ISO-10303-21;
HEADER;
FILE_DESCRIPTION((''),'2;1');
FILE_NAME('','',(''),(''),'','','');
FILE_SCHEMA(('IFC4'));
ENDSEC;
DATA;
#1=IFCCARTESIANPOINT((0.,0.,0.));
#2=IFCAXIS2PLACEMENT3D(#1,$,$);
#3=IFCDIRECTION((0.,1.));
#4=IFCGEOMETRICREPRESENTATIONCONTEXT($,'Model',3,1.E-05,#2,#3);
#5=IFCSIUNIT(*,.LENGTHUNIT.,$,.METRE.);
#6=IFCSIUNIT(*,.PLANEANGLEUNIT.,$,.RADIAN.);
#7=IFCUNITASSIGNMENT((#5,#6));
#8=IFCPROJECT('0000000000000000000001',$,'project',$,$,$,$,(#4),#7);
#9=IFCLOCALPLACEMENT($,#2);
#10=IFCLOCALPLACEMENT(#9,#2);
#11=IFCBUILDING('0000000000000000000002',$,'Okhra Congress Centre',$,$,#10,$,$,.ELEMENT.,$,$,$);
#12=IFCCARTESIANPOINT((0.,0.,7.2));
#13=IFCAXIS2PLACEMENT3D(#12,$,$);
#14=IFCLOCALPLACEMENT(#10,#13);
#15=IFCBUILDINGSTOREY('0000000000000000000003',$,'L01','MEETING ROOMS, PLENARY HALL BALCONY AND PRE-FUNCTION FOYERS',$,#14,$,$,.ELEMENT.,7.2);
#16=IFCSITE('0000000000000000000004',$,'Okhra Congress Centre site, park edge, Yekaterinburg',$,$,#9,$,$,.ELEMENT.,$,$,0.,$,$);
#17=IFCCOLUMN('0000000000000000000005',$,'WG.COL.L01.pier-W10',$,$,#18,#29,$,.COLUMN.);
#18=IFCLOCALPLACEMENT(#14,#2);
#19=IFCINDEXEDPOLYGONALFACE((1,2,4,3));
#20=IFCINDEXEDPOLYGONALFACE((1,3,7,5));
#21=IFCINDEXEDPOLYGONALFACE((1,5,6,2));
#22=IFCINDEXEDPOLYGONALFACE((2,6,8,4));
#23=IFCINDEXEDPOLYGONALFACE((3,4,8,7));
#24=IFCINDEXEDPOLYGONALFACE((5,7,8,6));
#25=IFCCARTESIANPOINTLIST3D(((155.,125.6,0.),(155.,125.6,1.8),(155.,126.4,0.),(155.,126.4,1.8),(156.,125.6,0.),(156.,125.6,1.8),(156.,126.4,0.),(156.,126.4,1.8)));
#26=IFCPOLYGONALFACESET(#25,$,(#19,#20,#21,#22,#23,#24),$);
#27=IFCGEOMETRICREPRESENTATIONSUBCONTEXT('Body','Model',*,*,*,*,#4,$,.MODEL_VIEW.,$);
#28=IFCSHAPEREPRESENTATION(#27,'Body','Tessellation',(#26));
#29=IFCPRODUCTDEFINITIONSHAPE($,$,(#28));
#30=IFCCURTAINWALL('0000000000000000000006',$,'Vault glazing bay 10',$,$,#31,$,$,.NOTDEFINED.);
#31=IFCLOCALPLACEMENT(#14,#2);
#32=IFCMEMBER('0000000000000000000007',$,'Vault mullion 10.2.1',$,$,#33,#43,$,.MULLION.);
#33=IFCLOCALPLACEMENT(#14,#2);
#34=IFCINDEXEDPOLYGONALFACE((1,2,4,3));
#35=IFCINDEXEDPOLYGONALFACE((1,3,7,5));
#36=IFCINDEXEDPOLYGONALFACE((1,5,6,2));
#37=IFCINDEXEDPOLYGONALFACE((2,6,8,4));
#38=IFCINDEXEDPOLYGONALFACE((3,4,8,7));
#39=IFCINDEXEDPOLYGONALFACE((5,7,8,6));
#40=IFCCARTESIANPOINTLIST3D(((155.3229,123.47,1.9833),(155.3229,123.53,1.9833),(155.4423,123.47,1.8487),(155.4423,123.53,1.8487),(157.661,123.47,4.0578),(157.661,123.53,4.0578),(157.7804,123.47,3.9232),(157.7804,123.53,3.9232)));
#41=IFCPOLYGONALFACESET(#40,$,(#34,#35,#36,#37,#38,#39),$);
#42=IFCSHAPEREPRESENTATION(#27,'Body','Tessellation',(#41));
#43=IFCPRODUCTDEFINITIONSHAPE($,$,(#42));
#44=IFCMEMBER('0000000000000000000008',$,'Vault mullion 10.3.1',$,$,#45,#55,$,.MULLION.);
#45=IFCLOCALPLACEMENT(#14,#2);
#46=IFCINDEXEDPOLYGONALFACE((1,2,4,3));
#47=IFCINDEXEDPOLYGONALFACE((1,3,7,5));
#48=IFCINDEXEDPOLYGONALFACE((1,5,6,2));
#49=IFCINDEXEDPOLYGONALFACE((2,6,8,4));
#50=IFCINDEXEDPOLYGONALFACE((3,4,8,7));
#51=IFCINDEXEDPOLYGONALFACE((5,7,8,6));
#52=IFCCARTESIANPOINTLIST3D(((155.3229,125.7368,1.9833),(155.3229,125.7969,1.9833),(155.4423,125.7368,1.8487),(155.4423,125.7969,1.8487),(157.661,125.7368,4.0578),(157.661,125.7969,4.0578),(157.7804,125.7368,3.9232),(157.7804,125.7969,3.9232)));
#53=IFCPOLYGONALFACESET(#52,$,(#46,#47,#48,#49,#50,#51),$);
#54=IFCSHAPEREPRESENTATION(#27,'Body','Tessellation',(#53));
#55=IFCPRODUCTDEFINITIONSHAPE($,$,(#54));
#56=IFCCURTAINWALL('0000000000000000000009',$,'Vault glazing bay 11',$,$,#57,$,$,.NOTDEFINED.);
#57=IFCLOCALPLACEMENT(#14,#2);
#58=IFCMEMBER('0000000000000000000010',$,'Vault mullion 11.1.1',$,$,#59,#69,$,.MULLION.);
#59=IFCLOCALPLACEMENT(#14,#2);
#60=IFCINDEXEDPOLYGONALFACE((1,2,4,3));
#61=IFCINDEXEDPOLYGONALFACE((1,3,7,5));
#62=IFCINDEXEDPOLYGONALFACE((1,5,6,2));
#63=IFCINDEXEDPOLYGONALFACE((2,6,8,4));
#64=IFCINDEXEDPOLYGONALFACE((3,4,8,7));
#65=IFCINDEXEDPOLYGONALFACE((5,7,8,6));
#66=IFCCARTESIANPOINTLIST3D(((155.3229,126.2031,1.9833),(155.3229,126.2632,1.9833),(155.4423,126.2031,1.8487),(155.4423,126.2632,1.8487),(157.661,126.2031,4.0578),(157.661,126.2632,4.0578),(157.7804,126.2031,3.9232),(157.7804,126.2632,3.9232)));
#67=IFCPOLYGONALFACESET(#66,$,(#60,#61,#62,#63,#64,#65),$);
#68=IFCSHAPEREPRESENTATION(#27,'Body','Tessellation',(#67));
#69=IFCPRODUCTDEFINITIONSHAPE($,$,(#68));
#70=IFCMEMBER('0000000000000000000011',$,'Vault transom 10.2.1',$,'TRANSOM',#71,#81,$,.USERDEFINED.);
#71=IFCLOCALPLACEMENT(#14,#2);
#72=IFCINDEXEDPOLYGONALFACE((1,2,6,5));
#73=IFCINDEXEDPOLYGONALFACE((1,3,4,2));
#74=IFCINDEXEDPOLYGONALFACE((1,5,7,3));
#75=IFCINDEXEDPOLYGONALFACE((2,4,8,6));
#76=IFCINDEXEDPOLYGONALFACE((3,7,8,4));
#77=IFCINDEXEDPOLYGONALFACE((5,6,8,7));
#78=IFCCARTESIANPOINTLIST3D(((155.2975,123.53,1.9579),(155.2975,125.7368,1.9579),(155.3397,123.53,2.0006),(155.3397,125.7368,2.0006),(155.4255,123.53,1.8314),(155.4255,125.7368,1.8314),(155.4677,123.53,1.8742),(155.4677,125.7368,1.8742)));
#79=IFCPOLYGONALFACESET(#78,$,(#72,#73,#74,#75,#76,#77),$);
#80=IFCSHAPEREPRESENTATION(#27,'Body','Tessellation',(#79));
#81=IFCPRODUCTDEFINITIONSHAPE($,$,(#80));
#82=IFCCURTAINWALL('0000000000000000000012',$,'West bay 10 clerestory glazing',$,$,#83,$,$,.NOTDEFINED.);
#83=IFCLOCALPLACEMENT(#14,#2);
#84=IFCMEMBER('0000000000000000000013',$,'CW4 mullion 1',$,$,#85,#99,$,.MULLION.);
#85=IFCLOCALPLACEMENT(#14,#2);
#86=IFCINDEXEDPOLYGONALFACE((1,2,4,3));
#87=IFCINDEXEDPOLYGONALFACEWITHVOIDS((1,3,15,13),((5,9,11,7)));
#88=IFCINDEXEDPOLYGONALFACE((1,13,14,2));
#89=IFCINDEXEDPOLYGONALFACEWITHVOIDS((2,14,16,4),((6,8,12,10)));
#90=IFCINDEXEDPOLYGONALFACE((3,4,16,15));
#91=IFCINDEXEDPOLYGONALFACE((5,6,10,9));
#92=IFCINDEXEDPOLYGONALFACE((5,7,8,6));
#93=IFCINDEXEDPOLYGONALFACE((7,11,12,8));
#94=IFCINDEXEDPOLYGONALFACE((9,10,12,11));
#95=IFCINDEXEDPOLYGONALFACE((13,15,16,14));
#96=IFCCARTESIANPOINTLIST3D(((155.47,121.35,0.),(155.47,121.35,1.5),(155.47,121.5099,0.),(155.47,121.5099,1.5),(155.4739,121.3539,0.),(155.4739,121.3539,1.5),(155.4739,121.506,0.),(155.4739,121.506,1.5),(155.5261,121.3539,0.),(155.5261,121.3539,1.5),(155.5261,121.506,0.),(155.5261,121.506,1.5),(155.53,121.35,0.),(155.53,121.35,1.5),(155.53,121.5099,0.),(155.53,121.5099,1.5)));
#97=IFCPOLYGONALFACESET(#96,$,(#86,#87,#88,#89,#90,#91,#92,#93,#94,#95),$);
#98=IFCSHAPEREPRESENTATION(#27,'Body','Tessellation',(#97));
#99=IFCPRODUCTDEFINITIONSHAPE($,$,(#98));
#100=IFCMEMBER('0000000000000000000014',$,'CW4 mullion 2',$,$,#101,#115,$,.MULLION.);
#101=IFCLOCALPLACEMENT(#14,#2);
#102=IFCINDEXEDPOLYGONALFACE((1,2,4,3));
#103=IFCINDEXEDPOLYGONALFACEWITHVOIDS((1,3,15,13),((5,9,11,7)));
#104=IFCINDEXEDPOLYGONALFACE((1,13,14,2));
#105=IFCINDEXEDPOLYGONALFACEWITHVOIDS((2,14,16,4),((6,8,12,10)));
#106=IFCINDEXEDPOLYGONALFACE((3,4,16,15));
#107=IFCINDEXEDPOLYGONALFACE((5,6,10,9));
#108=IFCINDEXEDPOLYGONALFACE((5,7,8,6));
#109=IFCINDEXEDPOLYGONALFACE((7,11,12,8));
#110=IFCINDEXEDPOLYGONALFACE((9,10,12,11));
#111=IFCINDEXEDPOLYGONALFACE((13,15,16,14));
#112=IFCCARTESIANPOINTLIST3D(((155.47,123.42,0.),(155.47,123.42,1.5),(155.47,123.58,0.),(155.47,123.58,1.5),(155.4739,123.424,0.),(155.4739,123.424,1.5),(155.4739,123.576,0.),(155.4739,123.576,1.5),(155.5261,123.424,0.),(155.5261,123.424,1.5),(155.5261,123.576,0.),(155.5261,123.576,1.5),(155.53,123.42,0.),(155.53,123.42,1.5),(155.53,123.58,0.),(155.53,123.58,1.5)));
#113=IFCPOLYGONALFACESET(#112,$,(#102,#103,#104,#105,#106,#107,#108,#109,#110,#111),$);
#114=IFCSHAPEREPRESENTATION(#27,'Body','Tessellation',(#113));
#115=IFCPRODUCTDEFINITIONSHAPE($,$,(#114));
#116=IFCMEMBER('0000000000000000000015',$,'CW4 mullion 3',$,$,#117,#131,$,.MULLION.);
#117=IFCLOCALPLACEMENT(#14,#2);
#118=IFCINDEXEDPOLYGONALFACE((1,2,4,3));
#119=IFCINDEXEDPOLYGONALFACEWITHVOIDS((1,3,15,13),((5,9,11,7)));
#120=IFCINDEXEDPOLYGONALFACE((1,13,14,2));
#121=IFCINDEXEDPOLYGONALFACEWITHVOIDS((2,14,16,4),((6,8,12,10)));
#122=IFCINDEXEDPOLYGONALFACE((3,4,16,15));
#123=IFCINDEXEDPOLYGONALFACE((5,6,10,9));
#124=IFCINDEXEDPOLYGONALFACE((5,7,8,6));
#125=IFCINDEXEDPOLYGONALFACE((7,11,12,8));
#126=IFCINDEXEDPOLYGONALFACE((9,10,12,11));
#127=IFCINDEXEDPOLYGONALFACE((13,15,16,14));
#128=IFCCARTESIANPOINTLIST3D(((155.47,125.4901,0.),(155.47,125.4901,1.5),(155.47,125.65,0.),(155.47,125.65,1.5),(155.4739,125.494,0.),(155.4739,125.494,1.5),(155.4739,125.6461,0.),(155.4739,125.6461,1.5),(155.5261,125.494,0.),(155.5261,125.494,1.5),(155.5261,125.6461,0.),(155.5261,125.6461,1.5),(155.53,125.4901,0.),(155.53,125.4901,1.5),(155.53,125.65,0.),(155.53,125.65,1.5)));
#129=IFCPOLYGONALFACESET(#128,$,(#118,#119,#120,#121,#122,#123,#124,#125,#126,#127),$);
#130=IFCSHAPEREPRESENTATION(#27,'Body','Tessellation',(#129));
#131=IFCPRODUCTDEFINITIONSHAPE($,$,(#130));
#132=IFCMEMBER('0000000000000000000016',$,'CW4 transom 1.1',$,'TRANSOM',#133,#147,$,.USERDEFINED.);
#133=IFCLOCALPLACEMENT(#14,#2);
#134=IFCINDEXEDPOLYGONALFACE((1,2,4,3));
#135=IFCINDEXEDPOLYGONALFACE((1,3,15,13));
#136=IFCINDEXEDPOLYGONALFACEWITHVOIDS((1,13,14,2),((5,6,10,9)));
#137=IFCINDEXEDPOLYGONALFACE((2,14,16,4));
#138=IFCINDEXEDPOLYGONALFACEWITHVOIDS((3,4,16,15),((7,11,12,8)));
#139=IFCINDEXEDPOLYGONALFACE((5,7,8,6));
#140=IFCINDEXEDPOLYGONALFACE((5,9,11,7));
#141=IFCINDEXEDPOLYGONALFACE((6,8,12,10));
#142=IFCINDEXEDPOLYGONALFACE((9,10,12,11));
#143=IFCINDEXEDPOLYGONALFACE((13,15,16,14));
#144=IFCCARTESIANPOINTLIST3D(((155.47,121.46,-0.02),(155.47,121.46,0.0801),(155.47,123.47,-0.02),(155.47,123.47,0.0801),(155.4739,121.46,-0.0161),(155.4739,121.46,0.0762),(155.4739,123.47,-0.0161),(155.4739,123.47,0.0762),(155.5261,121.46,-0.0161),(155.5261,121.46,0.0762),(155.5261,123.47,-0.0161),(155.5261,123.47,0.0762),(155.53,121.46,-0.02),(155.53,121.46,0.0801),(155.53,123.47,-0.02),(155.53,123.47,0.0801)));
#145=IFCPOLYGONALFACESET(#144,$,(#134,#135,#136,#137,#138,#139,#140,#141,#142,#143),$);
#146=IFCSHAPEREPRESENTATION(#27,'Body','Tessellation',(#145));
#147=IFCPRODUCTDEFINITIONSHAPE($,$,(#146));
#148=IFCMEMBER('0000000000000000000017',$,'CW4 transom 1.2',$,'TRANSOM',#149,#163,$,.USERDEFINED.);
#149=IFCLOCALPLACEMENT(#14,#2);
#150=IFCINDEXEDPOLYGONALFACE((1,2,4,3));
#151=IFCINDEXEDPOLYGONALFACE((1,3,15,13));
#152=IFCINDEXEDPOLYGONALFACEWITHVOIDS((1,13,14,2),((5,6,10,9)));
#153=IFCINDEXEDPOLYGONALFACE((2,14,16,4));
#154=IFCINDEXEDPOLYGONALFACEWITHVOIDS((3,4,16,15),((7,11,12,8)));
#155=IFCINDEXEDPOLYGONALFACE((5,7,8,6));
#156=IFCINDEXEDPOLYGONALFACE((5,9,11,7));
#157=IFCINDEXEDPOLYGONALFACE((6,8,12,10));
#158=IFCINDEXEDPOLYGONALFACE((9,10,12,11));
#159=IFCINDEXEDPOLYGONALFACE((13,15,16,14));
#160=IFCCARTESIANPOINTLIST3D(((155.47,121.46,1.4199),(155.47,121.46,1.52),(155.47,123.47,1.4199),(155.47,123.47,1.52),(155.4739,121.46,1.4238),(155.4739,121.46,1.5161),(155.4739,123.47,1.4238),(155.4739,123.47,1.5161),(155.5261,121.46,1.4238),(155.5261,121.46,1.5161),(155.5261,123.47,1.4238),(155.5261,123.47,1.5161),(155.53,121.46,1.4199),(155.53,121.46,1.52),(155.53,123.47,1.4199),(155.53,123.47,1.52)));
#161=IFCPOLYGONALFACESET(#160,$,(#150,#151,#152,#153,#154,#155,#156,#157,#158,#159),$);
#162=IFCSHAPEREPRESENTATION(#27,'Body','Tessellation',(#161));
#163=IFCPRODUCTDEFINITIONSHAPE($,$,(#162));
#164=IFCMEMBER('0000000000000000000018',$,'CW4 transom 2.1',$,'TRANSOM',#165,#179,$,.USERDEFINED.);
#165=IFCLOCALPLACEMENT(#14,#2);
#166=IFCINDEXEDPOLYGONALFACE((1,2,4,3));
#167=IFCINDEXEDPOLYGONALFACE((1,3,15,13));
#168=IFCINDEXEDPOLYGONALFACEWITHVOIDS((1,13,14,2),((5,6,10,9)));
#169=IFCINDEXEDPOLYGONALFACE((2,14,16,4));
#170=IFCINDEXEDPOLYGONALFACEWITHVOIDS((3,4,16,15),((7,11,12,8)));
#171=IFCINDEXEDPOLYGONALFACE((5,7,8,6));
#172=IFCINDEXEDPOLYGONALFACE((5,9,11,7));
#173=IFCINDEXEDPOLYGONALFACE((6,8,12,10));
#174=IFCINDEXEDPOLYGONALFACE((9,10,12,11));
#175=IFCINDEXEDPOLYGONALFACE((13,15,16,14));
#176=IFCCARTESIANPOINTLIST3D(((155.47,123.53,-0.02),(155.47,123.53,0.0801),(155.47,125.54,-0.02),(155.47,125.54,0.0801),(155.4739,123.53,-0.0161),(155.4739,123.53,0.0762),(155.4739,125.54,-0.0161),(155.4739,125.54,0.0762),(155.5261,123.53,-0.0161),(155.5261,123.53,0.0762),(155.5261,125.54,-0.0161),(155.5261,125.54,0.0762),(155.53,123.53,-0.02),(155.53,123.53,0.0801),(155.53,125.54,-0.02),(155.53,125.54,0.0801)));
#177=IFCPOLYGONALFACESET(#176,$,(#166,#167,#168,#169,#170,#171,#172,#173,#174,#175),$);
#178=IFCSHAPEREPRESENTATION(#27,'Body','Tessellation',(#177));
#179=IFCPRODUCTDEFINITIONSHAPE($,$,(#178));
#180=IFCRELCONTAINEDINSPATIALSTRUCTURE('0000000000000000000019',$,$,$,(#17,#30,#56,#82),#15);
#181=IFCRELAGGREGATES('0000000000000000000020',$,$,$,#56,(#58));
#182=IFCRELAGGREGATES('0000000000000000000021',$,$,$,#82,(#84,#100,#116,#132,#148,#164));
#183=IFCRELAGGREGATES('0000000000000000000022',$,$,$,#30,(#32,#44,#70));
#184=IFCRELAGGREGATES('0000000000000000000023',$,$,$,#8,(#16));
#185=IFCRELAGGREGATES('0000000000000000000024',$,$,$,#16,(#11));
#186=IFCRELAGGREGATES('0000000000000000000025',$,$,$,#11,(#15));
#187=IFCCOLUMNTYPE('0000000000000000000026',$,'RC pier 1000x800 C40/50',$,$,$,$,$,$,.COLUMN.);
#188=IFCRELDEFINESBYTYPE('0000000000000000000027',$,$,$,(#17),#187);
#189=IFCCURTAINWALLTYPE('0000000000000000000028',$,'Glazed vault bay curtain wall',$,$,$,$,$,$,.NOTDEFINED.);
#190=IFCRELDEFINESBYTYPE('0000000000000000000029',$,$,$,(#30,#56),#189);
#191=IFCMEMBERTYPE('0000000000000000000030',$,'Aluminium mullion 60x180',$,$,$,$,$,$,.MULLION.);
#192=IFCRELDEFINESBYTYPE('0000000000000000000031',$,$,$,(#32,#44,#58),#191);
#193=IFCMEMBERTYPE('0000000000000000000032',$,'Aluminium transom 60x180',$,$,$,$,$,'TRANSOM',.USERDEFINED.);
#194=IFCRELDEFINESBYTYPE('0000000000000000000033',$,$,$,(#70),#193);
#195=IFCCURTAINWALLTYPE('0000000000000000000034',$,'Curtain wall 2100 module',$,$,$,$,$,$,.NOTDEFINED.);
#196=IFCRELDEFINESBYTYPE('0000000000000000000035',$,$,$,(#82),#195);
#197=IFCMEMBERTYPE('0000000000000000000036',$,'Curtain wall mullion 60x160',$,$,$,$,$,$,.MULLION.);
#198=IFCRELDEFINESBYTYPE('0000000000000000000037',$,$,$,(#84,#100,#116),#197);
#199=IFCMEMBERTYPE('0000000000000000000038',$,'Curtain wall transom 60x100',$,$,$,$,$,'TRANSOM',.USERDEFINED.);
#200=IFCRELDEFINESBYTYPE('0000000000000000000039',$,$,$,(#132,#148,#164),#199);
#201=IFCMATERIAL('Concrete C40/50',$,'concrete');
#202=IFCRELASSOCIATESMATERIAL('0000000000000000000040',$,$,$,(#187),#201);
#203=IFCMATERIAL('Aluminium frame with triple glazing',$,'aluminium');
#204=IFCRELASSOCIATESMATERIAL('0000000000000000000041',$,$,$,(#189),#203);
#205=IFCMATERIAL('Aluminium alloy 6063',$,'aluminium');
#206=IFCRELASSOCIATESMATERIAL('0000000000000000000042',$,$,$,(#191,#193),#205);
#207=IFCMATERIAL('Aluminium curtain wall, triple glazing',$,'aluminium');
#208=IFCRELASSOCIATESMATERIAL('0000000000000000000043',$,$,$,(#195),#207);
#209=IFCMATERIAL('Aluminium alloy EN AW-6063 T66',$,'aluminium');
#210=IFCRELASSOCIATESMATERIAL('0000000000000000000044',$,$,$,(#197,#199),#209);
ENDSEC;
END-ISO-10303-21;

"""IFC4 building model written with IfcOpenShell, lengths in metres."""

from ifc_helpers import new_model, si_unit, direction, frame, origin, origin_2d, place, context, subcontext, project, spatial, rectangle, hollow_rectangle, extrude, material, material_profile, profile_set, type_object, element, aggregate, save


model = new_model("IFC4")

# Units and contexts
model_context = context("Model", 3, precision=1e-05, world=origin(), true_north=direction((0.0, 1.0)))
body_context = subcontext(model_context, "Body", "Model", "MODEL_VIEW")
ifc_project = project(units=[si_unit("LENGTHUNIT", "METRE"), si_unit("PLANEANGLEUNIT", "RADIAN")], contexts=[model_context])

# Site, building, storey
site_placement = place(None, origin())
site = spatial("IfcSite", under=ifc_project, at=site_placement, Name="Okhra Congress Centre site, park edge, Yekaterinburg", CompositionType="ELEMENT", RefElevation=0.0)
building_placement = place(site_placement, origin())
building = spatial("IfcBuilding", under=site, at=building_placement, Name="Okhra Congress Centre", CompositionType="ELEMENT")
storey_placement = place(building_placement, frame((0.0, 0.0, 7.2)))
storey = spatial("IfcBuildingStorey", under=building, at=storey_placement, Name="L01", Description="MEETING ROOMS, PLENARY HALL BALCONY AND PRE-FUNCTION FOYERS", CompositionType="ELEMENT", Elevation=7.2)

# Column
ifc_material_1 = material(Name="Concrete C40/50", Category="concrete")
ifc_material_profile_1 = material_profile(ifc_material_1, rectangle(XDim=1.0, YDim=0.8, at=origin_2d()), Name="RC 1000x800")
ifc_profile_set_1 = profile_set([ifc_material_profile_1], Name="Concrete C40/50")
column_type = type_object("IfcColumnType", Name="RC pier 1000x800 C40/50", PredefinedType="COLUMN", material=ifc_profile_set_1)
column_placement = place(storey_placement, frame((155.5, 126.0, 0.0), z_axis=(0.0, 0.0, 1.0), x_axis=(1.0, 0.0, 0.0)))
element("IfcColumn", 1, at=column_placement, inside=storey, type_object=column_type, Name="WG.COL.L01.pier-W10", PredefinedType="COLUMN", context=body_context, shape_type="SweptSolid", body=[
    extrude(rectangle(XDim=1.0, YDim=0.8, at=origin_2d()), origin(), (0.0, 0.0, 1.0), 1.8),
])

# Curtain wall, members
ifc_material_2 = material(Name="Aluminium frame with triple glazing", Category="aluminium")
curtain_wall_type_1 = type_object("IfcCurtainWallType", Name="Glazed vault bay curtain wall", PredefinedType="NOTDEFINED", material=ifc_material_2)
curtain_wall_1_placement = place(storey_placement, origin())
curtain_wall_1 = element("IfcCurtainWall", 2, at=curtain_wall_1_placement, inside=storey, type_object=curtain_wall_type_1, Name="Vault glazing bay 10", PredefinedType="NOTDEFINED")
ifc_material_3 = material(Name="Aluminium alloy 6063", Category="aluminium")
ifc_material_profile_2 = material_profile(ifc_material_3, rectangle(XDim=0.0601, YDim=0.1799, at=origin_2d()), Name="AL 60x180")
ifc_profile_set_2 = profile_set([ifc_material_profile_2], Name="Aluminium alloy 6063")
member_type_1 = type_object("IfcMemberType", Name="Aluminium mullion 60x180", PredefinedType="MULLION", material=ifc_profile_set_2)
member_1_placement = place(storey_placement, frame((155.3826, 123.5, 1.916), z_axis=(0.748025, 0.0, 0.66367), x_axis=(0.0, 1.0, 0.0)))
member_1 = element("IfcMember", 3, at=member_1_placement, type_object=member_type_1, Name="Vault mullion 10.2.1", PredefinedType="MULLION", context=body_context, shape_type="SweptSolid", body=[
    extrude(rectangle(XDim=0.0601, YDim=0.1799, at=origin_2d()), origin(), (0.0, 0.0, 1.0), 3.1257),
])
member_2_placement = place(storey_placement, frame((155.3826, 125.7668, 1.916), z_axis=(0.748025, 0.0, 0.66367), x_axis=(0.0, 1.0, 0.0)))
member_2 = element("IfcMember", 4, at=member_2_placement, type_object=member_type_1, Name="Vault mullion 10.3.1", PredefinedType="MULLION", context=body_context, shape_type="SweptSolid", body=[
    extrude(rectangle(XDim=0.0601, YDim=0.1799, at=origin_2d()), origin(), (0.0, 0.0, 1.0), 3.1257),
])

# Curtain wall, member
curtain_wall_2_placement = place(storey_placement, origin())
curtain_wall_2 = element("IfcCurtainWall", 5, at=curtain_wall_2_placement, inside=storey, type_object=curtain_wall_type_1, Name="Vault glazing bay 11", PredefinedType="NOTDEFINED")
member_3_placement = place(storey_placement, frame((155.3826, 126.2332, 1.916), z_axis=(0.748025, 0.0, 0.66367), x_axis=(0.0, 1.0, 0.0)))
member_3 = element("IfcMember", 6, at=member_3_placement, type_object=member_type_1, Name="Vault mullion 11.1.1", PredefinedType="MULLION", context=body_context, shape_type="SweptSolid", body=[
    extrude(rectangle(XDim=0.0601, YDim=0.1799, at=origin_2d()), origin(), (0.0, 0.0, 1.0), 3.1257),
])
aggregate(curtain_wall_2, [member_3])

# Member
ifc_material_profile_3 = material_profile(ifc_material_3, rectangle(XDim=0.0601, YDim=0.1799, at=origin_2d()), Name="AL 60x180 transom")
ifc_profile_set_3 = profile_set([ifc_material_profile_3], Name="Aluminium alloy 6063")
member_type_2 = type_object("IfcMemberType", Name="Aluminium transom 60x180", ElementType="TRANSOM", PredefinedType="USERDEFINED", material=ifc_profile_set_3)
member_4_placement = place(storey_placement, frame((155.3826, 123.53, 1.916), z_axis=(0.0, 1.0, 0.0), x_axis=(-0.702636, 0.0, -0.711549)))
member_4 = element("IfcMember", 7, at=member_4_placement, type_object=member_type_2, Name="Vault transom 10.2.1", ObjectType="TRANSOM", PredefinedType="USERDEFINED", context=body_context, shape_type="SweptSolid", body=[
    extrude(rectangle(XDim=0.0601, YDim=0.1799, at=origin_2d()), origin(), (0.0, 0.0, 1.0), 2.2068),
])

# Curtain wall, members
ifc_material_4 = material(Name="Aluminium curtain wall, triple glazing", Category="aluminium")
curtain_wall_type_2 = type_object("IfcCurtainWallType", Name="Curtain wall 2100 module", PredefinedType="NOTDEFINED", material=ifc_material_4)
curtain_wall_3_placement = place(storey_placement, origin())
curtain_wall_3 = element("IfcCurtainWall", 8, at=curtain_wall_3_placement, inside=storey, type_object=curtain_wall_type_2, Name="West bay 10 clerestory glazing", PredefinedType="NOTDEFINED")
ifc_material_5 = material(Name="Aluminium alloy EN AW-6063 T66", Category="aluminium")
ifc_material_profile_4 = material_profile(ifc_material_5, hollow_rectangle(XDim=0.0601, YDim=0.1599, WallThickness=0.0039, at=origin_2d()), Name="RHS 60x160x4")
ifc_profile_set_4 = profile_set([ifc_material_profile_4], Name="Aluminium alloy EN AW-6063 T66")
member_type_3 = type_object("IfcMemberType", Name="Curtain wall mullion 60x160", PredefinedType="MULLION", material=ifc_profile_set_4)
member_5_placement = place(storey_placement, frame((155.5, 121.4299, 0.0), z_axis=(0.0, 0.0, 1.0), x_axis=(-1.0, 0.0, 0.0)))
member_5 = element("IfcMember", 9, at=member_5_placement, type_object=member_type_3, Name="CW4 mullion 1", PredefinedType="MULLION", context=body_context, shape_type="SweptSolid", body=[
    extrude(hollow_rectangle(XDim=0.0601, YDim=0.1599, WallThickness=0.0039, at=origin_2d()), origin(), (0.0, 0.0, 1.0), 1.5),
])
member_6_placement = place(storey_placement, frame((155.5, 123.5, 0.0), z_axis=(0.0, 0.0, 1.0), x_axis=(-1.0, 0.0, 0.0)))
member_6 = element("IfcMember", 10, at=member_6_placement, type_object=member_type_3, Name="CW4 mullion 2", PredefinedType="MULLION", context=body_context, shape_type="SweptSolid", body=[
    extrude(hollow_rectangle(XDim=0.0601, YDim=0.1599, WallThickness=0.0039, at=origin_2d()), origin(), (0.0, 0.0, 1.0), 1.5),
])
member_7_placement = place(storey_placement, frame((155.5, 125.5701, 0.0), z_axis=(0.0, 0.0, 1.0), x_axis=(-1.0, 0.0, 0.0)))
member_7 = element("IfcMember", 11, at=member_7_placement, type_object=member_type_3, Name="CW4 mullion 3", PredefinedType="MULLION", context=body_context, shape_type="SweptSolid", body=[
    extrude(hollow_rectangle(XDim=0.0601, YDim=0.1599, WallThickness=0.0039, at=origin_2d()), origin(), (0.0, 0.0, 1.0), 1.5),
])
ifc_material_profile_5 = material_profile(ifc_material_5, hollow_rectangle(XDim=0.0601, YDim=0.1001, WallThickness=0.0039, at=origin_2d()), Name="RHS 60x100x4")
ifc_profile_set_5 = profile_set([ifc_material_profile_5], Name="Aluminium alloy EN AW-6063 T66")
member_type_4 = type_object("IfcMemberType", Name="Curtain wall transom 60x100", ElementType="TRANSOM", PredefinedType="USERDEFINED", material=ifc_profile_set_5)
member_8_placement = place(storey_placement, frame((155.5, 121.46, 0.03), z_axis=(0.0, 1.0, 0.0), x_axis=(-1.0, 0.0, 0.0)))
member_8 = element("IfcMember", 12, at=member_8_placement, type_object=member_type_4, Name="CW4 transom 1.1", ObjectType="TRANSOM", PredefinedType="USERDEFINED", context=body_context, shape_type="SweptSolid", body=[
    extrude(hollow_rectangle(XDim=0.0601, YDim=0.1001, WallThickness=0.0039, at=origin_2d()), origin(), (0.0, 0.0, 1.0), 2.01),
])
member_9_placement = place(storey_placement, frame((155.5, 121.46, 1.47), z_axis=(0.0, 1.0, 0.0), x_axis=(-1.0, 0.0, 0.0)))
member_9 = element("IfcMember", 13, at=member_9_placement, type_object=member_type_4, Name="CW4 transom 1.2", ObjectType="TRANSOM", PredefinedType="USERDEFINED", context=body_context, shape_type="SweptSolid", body=[
    extrude(hollow_rectangle(XDim=0.0601, YDim=0.1001, WallThickness=0.0039, at=origin_2d()), origin(), (0.0, 0.0, 1.0), 2.01),
])
member_10_placement = place(storey_placement, frame((155.5, 123.53, 0.03), z_axis=(0.0, 1.0, 0.0), x_axis=(-1.0, 0.0, 0.0)))
member_10 = element("IfcMember", 14, at=member_10_placement, type_object=member_type_4, Name="CW4 transom 2.1", ObjectType="TRANSOM", PredefinedType="USERDEFINED", context=body_context, shape_type="SweptSolid", body=[
    extrude(hollow_rectangle(XDim=0.0601, YDim=0.1001, WallThickness=0.0039, at=origin_2d()), origin(), (0.0, 0.0, 1.0), 2.01),
])

aggregate(curtain_wall_3, [member_5, member_6, member_7, member_8, member_9, member_10])
aggregate(curtain_wall_1, [member_1, member_2, member_4])

save(model, "model.ifc")
